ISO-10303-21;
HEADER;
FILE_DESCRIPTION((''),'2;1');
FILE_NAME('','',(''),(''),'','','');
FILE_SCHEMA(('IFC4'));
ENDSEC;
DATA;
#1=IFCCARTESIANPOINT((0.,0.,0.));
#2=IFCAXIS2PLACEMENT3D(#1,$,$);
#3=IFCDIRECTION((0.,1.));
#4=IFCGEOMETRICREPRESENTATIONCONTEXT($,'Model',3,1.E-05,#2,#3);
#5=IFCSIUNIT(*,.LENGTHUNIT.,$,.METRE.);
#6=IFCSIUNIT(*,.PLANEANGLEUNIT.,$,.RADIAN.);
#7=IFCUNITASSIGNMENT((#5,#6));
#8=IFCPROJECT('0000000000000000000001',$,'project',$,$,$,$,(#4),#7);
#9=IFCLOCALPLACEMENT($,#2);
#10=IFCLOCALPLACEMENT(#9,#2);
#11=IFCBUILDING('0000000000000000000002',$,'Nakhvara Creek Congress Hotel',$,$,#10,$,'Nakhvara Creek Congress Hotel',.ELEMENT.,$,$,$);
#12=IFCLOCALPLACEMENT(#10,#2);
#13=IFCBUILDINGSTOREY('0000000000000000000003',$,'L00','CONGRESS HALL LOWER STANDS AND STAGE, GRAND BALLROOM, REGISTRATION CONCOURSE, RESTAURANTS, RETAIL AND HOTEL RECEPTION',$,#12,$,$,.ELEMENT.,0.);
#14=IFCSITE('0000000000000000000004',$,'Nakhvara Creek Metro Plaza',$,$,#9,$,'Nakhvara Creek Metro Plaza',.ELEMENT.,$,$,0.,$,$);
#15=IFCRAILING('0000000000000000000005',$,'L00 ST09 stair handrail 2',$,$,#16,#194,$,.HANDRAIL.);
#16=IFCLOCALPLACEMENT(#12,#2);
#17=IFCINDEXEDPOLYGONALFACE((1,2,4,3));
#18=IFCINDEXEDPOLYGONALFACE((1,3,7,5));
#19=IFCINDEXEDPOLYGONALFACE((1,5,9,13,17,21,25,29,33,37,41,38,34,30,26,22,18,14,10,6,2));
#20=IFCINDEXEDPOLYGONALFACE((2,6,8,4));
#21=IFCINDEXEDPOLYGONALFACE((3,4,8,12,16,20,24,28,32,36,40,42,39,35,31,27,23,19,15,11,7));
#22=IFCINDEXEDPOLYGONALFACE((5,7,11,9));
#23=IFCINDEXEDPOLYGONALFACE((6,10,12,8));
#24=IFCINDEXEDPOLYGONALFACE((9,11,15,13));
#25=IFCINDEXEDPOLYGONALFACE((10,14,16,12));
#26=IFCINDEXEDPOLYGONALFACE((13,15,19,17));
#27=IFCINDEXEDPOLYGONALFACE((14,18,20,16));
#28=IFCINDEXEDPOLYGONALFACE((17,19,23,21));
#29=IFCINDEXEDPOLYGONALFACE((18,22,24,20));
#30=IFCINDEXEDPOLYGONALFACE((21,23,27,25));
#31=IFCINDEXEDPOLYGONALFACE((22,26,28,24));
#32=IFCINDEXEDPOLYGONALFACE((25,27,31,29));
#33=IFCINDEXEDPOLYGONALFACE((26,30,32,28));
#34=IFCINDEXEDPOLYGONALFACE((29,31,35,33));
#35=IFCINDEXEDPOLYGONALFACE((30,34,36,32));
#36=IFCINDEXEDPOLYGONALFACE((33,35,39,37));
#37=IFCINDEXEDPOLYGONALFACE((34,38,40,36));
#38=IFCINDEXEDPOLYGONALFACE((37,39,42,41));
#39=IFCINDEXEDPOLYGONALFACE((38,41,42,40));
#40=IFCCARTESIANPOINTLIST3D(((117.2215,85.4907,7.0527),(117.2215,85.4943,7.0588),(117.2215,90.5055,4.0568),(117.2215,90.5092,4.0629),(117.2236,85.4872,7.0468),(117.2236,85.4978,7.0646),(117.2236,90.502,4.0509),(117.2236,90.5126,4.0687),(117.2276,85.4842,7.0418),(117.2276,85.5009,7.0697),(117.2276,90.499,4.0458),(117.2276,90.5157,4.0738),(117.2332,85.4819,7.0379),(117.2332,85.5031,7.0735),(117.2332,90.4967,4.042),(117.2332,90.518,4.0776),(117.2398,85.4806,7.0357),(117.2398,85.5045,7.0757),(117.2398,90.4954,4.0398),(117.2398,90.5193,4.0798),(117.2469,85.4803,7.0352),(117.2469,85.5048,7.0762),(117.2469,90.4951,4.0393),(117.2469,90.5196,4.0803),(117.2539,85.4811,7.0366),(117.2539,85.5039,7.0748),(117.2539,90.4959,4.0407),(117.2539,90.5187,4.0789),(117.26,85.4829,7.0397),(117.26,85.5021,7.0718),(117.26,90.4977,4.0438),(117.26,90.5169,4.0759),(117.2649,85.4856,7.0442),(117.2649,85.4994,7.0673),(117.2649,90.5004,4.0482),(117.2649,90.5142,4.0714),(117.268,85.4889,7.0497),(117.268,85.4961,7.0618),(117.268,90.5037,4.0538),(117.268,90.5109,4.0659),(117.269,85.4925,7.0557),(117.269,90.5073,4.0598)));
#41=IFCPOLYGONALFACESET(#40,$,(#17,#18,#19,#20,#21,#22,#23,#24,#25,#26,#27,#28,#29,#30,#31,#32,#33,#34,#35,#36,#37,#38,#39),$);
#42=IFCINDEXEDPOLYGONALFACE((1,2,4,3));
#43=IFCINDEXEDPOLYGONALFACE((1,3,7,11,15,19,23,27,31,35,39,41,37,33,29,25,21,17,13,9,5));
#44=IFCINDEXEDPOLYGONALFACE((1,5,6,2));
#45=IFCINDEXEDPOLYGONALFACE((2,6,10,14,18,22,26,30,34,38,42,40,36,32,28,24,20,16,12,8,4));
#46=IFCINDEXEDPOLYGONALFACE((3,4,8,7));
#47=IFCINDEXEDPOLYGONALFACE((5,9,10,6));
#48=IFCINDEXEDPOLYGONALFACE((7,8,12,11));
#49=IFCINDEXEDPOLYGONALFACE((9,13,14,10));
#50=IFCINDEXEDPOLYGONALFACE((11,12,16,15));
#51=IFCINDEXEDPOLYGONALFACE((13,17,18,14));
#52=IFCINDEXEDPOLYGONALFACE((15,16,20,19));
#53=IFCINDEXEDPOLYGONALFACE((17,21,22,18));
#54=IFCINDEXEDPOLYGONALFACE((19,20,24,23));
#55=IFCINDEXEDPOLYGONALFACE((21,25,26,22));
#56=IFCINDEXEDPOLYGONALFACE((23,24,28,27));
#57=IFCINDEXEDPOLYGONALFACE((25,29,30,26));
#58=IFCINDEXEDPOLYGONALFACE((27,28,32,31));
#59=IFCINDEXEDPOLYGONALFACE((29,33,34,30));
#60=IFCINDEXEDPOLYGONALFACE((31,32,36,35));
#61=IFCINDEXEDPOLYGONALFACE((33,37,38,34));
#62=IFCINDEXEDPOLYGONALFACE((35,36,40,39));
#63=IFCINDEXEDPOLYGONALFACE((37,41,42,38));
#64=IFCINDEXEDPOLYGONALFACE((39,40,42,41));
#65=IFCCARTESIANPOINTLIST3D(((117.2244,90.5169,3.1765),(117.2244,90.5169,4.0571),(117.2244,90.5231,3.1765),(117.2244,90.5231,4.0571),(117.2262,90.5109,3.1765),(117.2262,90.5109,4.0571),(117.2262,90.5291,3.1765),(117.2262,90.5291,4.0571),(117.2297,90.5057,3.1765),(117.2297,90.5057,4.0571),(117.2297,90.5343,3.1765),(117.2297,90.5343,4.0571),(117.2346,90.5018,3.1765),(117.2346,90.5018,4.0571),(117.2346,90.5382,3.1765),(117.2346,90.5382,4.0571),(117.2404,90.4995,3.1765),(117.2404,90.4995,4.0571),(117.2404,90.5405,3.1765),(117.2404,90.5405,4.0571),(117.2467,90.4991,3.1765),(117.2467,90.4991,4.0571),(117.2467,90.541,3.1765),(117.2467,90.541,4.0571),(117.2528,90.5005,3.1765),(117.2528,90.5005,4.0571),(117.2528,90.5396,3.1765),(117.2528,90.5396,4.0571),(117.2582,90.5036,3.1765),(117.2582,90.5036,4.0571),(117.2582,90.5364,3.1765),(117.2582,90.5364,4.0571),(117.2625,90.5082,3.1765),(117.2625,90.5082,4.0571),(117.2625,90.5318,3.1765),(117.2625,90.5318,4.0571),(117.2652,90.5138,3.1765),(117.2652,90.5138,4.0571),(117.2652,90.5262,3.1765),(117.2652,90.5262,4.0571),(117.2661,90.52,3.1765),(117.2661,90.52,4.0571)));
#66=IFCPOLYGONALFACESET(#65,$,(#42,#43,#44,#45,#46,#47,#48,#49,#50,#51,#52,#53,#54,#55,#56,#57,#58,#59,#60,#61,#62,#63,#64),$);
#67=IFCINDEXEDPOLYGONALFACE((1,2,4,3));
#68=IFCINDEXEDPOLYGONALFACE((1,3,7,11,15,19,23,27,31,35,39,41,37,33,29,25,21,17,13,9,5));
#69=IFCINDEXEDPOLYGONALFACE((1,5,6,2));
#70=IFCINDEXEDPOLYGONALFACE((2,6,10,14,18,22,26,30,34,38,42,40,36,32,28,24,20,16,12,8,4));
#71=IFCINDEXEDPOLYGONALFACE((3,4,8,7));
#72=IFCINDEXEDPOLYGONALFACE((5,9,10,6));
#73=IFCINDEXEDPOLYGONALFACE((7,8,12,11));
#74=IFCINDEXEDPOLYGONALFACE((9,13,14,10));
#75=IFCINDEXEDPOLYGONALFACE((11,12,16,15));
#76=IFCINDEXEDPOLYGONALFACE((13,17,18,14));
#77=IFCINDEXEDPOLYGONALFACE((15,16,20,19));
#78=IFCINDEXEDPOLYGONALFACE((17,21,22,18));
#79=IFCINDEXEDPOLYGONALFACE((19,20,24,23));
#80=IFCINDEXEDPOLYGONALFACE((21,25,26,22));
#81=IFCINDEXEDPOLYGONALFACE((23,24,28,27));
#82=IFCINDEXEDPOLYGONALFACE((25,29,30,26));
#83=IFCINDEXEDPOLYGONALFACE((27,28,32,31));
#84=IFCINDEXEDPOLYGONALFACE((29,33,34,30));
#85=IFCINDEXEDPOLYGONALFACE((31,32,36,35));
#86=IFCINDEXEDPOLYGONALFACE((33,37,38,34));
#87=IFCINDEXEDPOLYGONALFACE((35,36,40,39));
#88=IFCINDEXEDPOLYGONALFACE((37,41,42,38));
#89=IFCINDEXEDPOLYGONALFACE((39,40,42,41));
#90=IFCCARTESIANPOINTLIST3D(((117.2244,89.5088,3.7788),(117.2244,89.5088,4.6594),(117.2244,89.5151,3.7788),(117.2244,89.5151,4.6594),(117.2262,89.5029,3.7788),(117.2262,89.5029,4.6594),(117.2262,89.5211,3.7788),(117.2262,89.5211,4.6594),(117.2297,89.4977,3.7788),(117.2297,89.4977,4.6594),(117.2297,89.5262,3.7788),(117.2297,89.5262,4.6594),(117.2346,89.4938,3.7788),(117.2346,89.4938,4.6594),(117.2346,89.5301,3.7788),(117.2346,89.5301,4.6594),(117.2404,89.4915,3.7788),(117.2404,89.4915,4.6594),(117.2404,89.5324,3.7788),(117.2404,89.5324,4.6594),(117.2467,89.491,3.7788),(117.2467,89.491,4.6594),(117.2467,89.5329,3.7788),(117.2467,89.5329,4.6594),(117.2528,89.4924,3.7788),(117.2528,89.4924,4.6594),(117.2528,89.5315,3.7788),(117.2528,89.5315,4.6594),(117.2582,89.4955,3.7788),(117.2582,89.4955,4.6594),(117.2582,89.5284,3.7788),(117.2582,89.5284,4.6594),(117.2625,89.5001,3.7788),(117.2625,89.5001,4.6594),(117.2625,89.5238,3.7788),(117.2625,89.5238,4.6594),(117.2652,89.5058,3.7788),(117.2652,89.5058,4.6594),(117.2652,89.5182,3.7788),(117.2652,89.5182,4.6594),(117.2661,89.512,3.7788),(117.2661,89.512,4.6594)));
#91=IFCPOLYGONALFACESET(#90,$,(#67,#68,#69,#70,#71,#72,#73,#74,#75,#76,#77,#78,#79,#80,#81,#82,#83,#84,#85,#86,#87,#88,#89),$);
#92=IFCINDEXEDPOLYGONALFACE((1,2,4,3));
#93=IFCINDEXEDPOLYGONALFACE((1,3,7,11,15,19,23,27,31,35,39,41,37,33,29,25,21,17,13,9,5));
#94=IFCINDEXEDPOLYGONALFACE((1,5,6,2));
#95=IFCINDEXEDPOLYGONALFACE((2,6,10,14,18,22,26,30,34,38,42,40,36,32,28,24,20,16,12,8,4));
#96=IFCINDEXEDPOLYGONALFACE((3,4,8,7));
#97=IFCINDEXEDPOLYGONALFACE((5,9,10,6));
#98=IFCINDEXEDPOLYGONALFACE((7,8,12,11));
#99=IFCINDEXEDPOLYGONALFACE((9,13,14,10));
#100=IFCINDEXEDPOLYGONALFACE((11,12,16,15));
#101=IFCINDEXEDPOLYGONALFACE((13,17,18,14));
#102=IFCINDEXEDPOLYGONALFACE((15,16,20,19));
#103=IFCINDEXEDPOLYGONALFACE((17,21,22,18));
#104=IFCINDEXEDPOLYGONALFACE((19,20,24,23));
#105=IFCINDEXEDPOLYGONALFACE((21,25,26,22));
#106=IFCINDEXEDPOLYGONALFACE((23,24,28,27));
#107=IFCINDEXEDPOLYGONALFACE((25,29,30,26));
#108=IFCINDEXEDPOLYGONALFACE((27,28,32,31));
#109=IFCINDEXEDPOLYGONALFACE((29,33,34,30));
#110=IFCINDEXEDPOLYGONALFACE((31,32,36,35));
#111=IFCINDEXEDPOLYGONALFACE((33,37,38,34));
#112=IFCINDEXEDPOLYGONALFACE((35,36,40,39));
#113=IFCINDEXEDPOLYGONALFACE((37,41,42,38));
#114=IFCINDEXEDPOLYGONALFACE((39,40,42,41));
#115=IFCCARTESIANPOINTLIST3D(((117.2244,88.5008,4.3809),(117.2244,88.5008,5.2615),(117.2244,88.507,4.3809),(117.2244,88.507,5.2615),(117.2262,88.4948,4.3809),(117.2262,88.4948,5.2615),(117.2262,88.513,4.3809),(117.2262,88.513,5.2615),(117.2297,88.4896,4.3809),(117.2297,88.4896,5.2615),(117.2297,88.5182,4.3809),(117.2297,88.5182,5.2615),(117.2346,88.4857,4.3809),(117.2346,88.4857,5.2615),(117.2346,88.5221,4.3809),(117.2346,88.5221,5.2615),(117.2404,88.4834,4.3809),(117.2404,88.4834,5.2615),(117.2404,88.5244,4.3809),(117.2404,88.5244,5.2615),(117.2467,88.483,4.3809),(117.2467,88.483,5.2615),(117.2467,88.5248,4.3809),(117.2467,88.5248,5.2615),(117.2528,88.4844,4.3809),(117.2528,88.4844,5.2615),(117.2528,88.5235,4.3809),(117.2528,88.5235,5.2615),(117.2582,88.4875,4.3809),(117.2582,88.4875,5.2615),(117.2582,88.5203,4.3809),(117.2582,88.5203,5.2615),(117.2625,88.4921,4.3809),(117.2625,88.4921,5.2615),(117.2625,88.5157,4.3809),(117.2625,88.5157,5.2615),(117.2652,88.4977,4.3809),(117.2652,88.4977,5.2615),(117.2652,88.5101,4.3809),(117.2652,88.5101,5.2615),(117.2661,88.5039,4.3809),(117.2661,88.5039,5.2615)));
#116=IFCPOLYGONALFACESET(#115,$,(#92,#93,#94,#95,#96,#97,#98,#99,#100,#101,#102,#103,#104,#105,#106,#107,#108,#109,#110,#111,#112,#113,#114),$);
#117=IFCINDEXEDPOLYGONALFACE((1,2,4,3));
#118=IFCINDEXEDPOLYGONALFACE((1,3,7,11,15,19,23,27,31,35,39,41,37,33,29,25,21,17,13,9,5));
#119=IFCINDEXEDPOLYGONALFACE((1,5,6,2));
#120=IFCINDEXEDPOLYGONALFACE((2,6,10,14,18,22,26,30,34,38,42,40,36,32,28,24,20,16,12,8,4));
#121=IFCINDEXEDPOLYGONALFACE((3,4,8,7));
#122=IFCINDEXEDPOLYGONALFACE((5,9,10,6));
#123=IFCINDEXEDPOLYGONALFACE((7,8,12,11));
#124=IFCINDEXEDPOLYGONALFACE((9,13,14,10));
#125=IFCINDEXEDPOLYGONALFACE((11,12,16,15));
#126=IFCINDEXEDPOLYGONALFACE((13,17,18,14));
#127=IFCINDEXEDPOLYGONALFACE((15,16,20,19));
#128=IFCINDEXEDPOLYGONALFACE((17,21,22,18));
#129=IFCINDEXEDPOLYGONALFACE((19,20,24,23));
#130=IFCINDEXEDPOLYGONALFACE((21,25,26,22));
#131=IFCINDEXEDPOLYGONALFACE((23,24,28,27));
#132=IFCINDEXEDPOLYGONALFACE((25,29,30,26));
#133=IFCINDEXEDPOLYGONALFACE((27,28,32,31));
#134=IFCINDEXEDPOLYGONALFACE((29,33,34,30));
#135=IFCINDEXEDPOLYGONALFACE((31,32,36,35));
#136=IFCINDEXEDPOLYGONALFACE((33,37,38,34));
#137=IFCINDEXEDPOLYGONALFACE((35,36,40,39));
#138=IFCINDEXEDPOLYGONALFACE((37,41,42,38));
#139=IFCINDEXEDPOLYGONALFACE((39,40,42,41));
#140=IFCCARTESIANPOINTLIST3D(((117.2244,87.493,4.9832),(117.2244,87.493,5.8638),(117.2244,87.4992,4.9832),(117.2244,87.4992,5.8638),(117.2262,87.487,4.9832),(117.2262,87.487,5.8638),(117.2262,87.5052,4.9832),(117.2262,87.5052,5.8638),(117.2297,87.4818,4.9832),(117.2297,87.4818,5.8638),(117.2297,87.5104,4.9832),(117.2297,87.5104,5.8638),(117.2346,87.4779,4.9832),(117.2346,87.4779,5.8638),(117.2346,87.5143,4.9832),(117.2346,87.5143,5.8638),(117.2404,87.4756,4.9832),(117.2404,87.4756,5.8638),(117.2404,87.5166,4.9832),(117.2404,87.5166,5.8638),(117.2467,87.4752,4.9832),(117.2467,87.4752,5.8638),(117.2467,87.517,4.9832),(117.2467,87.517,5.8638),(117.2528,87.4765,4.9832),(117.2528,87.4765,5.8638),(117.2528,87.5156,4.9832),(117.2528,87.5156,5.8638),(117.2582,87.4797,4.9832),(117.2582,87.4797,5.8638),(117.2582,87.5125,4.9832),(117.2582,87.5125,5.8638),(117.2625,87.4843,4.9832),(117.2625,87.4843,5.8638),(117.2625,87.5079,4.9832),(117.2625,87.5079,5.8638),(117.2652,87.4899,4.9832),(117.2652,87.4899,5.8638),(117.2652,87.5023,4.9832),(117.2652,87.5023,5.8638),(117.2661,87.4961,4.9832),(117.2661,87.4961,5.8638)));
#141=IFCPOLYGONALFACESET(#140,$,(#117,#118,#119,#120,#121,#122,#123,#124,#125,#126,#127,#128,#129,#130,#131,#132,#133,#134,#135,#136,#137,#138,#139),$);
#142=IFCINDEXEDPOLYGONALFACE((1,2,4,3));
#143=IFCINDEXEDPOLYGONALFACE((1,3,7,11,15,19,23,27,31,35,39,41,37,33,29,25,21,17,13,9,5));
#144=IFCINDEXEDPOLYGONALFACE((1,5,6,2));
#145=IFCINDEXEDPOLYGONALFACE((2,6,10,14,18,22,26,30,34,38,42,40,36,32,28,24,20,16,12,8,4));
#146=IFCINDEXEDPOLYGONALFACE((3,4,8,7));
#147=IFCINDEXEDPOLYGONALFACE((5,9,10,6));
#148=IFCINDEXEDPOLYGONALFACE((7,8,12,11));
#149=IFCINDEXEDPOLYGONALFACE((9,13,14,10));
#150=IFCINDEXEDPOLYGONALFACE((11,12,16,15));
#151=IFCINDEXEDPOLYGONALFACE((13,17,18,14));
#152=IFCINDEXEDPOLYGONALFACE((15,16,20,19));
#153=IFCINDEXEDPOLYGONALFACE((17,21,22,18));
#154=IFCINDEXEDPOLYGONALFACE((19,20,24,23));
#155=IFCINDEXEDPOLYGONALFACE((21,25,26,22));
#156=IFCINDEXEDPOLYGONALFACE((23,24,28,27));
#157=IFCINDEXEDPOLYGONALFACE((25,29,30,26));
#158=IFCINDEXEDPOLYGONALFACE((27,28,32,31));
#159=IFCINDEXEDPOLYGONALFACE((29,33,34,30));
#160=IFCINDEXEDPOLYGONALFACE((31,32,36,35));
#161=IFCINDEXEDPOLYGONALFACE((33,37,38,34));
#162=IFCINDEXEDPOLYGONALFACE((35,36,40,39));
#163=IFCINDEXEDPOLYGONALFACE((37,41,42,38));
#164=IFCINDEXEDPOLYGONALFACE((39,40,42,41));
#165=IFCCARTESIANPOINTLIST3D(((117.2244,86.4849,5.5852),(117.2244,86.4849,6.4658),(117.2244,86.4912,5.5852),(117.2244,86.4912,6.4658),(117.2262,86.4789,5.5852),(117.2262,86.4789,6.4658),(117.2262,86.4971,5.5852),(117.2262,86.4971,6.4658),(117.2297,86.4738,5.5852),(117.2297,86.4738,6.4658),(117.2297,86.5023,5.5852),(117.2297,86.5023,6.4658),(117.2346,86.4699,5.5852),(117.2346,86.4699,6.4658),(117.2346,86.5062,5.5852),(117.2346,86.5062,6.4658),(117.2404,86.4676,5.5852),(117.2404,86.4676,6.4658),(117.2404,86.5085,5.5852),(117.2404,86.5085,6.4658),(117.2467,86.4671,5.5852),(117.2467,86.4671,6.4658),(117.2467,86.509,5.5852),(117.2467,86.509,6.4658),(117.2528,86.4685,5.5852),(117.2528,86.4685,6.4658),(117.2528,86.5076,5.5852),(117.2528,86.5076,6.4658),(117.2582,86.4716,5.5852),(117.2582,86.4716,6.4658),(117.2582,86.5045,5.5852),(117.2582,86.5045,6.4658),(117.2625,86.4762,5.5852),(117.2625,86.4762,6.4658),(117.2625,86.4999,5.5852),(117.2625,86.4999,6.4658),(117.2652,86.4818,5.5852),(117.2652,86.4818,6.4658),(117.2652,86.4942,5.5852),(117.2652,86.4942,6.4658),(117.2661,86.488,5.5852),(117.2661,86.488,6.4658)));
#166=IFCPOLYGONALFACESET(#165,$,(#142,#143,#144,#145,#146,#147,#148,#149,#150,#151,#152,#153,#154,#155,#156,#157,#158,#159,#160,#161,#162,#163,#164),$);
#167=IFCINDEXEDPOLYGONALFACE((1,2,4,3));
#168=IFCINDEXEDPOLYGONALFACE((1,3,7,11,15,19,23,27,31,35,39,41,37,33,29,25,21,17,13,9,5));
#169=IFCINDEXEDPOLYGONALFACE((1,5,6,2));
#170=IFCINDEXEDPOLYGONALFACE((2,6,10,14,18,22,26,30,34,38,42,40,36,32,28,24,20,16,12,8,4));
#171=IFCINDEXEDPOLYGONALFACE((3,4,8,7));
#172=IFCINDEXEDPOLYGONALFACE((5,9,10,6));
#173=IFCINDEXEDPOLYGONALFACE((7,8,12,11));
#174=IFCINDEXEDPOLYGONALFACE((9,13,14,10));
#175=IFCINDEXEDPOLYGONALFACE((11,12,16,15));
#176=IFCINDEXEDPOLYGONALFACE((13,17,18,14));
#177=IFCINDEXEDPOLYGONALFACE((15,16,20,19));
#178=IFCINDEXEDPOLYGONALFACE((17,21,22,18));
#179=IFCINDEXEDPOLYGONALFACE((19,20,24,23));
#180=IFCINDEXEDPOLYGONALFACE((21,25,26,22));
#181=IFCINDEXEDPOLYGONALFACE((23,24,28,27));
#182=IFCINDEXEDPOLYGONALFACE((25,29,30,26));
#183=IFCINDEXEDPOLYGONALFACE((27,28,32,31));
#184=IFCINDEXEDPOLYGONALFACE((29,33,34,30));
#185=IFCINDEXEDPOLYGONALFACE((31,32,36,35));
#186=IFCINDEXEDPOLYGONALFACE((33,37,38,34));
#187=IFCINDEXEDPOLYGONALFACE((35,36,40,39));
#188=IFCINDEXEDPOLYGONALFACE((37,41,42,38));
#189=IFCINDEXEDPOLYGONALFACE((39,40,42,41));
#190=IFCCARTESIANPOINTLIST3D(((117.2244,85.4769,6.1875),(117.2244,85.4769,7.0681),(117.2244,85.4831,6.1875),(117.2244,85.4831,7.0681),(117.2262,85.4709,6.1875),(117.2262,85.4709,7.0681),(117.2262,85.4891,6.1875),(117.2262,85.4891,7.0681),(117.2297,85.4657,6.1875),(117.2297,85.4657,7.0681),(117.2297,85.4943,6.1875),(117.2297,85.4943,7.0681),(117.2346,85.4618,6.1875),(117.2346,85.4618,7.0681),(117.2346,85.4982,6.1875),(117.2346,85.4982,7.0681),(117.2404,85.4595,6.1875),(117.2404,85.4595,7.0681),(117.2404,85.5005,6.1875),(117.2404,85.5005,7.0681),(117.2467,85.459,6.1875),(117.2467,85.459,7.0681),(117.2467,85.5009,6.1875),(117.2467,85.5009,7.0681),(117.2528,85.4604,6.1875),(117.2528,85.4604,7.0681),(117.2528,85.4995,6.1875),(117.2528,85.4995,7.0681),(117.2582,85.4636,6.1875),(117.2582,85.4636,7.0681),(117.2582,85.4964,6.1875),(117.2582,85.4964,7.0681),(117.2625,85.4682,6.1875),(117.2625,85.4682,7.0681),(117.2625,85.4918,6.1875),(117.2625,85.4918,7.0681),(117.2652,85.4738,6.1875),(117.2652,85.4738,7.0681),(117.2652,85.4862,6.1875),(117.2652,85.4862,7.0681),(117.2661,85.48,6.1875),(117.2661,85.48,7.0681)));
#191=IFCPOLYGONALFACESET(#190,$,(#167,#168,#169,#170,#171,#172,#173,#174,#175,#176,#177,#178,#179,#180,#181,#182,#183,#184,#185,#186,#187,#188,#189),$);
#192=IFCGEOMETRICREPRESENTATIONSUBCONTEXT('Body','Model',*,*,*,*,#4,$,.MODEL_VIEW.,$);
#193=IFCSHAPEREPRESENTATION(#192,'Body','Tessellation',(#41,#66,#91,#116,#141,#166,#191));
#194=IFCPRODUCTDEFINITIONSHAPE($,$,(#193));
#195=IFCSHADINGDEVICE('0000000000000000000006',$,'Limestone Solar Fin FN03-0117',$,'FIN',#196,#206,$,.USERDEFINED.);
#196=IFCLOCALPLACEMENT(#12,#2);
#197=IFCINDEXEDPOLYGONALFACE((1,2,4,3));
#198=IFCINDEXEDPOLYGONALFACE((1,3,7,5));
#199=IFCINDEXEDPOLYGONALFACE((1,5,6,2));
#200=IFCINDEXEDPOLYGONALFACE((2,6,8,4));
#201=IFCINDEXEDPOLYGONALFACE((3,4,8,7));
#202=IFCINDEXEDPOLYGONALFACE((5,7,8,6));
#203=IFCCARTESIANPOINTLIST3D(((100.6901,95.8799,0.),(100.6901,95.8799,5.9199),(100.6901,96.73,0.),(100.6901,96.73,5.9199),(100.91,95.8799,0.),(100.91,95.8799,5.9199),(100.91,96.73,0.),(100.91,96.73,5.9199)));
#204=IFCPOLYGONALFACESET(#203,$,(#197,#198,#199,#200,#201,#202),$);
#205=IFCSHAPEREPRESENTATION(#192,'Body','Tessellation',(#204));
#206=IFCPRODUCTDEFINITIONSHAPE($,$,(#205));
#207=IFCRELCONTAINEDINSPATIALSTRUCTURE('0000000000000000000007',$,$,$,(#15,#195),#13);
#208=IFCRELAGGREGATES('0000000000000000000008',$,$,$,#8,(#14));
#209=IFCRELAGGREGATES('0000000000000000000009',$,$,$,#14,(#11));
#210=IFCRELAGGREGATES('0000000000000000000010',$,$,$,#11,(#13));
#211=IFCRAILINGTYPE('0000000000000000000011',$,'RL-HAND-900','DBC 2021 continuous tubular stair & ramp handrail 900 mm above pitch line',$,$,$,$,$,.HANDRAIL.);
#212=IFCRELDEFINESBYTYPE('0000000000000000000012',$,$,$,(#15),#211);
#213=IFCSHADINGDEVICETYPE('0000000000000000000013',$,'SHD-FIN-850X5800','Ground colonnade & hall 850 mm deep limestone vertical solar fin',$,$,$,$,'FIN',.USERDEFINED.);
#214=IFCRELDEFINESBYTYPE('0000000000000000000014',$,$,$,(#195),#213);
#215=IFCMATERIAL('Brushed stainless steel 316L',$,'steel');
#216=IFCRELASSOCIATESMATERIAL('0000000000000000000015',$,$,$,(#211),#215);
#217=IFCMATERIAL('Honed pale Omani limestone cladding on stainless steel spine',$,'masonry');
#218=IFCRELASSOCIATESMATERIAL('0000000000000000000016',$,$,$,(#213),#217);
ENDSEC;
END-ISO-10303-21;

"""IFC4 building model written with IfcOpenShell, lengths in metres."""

from ifc_helpers import new_model, si_unit, direction, frame, origin, origin_2d, place, context, subcontext, project, spatial, rectangle, circle, extrude, material, type_object, element, save


model = new_model("IFC4")

# Units and contexts
model_context = context("Model", 3, precision=1e-05, world=origin(), true_north=direction((0.0, 1.0)))
body_context = subcontext(model_context, "Body", "Model", "MODEL_VIEW")
ifc_project = project(units=[si_unit("LENGTHUNIT", "METRE"), si_unit("PLANEANGLEUNIT", "RADIAN")], contexts=[model_context])

# Site, building, storey
site_placement = place(None, origin())
site = spatial("IfcSite", under=ifc_project, at=site_placement, Name="Nakhvara Creek Metro Plaza", LongName="Nakhvara Creek Metro Plaza", CompositionType="ELEMENT", RefElevation=0.0)
building_placement = place(site_placement, origin())
building = spatial("IfcBuilding", under=site, at=building_placement, Name="Nakhvara Creek Congress Hotel", LongName="Nakhvara Creek Congress Hotel", CompositionType="ELEMENT")
storey_placement = place(building_placement, origin())
storey = spatial("IfcBuildingStorey", under=building, at=storey_placement, Name="L00", Description="CONGRESS HALL LOWER STANDS AND STAGE, GRAND BALLROOM, REGISTRATION CONCOURSE, RESTAURANTS, RETAIL AND HOTEL RECEPTION", CompositionType="ELEMENT", Elevation=0.0)

# Railing
ifc_material_1 = material(Name="Brushed stainless steel 316L", Category="steel")
railing_type_1 = type_object("IfcRailingType", Name="RL-HAND-900", Description="DBC 2021 continuous tubular stair & ramp handrail 900 mm above pitch line", PredefinedType="HANDRAIL", material=ifc_material_1)
railing_1_placement = place(storey_placement, frame((117.2451, 90.52, 3.1765)))
element("IfcRailing", 1, at=railing_1_placement, inside=storey, type_object=railing_type_1, Name="L00 ST09 stair handrail 2", PredefinedType="HANDRAIL", context=body_context, shape_type="SweptSolid", body=[
    extrude(circle(Radius=0.0239, at=origin_2d()), frame((0.0, -0.0127, 0.8833), z_axis=(0.0, -0.858471, 0.512862), x_axis=(1.0, 0.0, 0.0)), (0.0, 0.0, 1.0), 5.8416),
    extrude(circle(Radius=0.021, at=origin_2d()), origin(), (0.0, 0.0, 1.0), 0.8806),
    extrude(circle(Radius=0.021, at=origin_2d()), frame((0.0, -1.0081, 0.6023)), (0.0, 0.0, 1.0), 0.8806),
    extrude(circle(Radius=0.021, at=origin_2d()), frame((0.0, -2.0161, 1.2043)), (0.0, 0.0, 1.0), 0.8806),
    extrude(circle(Radius=0.021, at=origin_2d()), frame((0.0, -3.0239, 1.8066)), (0.0, 0.0, 1.0), 0.8806),
    extrude(circle(Radius=0.021, at=origin_2d()), frame((0.0, -4.032, 2.4087)), (0.0, 0.0, 1.0), 0.8806),
    extrude(circle(Radius=0.021, at=origin_2d()), frame((0.0, -5.04, 3.011)), (0.0, 0.0, 1.0), 0.8806),
])

# Shading device
ifc_material_2 = material(Name="Honed pale Omani limestone cladding on stainless steel spine", Category="masonry")
shading_device_type = type_object("IfcShadingDeviceType", Name="SHD-FIN-850X5800", Description="Ground colonnade & hall 850 mm deep limestone vertical solar fin", ElementType="FIN", PredefinedType="USERDEFINED", material=ifc_material_2)
shading_device_placement = place(storey_placement, frame((100.8, 96.3049, 0.0), z_axis=(0.0, 0.0, 1.0), x_axis=(1.0, 0.0, 0.0)))
element("IfcShadingDevice", 2, at=shading_device_placement, inside=storey, type_object=shading_device_type, Name="Limestone Solar Fin FN03-0117", ObjectType="FIN", PredefinedType="USERDEFINED", context=body_context, shape_type="SweptSolid", body=[
    extrude(rectangle(XDim=0.22, YDim=0.8501, at=origin_2d()), origin(), (0.0, 0.0, 1.0), 5.9199),
])

save(model, "model.ifc")
